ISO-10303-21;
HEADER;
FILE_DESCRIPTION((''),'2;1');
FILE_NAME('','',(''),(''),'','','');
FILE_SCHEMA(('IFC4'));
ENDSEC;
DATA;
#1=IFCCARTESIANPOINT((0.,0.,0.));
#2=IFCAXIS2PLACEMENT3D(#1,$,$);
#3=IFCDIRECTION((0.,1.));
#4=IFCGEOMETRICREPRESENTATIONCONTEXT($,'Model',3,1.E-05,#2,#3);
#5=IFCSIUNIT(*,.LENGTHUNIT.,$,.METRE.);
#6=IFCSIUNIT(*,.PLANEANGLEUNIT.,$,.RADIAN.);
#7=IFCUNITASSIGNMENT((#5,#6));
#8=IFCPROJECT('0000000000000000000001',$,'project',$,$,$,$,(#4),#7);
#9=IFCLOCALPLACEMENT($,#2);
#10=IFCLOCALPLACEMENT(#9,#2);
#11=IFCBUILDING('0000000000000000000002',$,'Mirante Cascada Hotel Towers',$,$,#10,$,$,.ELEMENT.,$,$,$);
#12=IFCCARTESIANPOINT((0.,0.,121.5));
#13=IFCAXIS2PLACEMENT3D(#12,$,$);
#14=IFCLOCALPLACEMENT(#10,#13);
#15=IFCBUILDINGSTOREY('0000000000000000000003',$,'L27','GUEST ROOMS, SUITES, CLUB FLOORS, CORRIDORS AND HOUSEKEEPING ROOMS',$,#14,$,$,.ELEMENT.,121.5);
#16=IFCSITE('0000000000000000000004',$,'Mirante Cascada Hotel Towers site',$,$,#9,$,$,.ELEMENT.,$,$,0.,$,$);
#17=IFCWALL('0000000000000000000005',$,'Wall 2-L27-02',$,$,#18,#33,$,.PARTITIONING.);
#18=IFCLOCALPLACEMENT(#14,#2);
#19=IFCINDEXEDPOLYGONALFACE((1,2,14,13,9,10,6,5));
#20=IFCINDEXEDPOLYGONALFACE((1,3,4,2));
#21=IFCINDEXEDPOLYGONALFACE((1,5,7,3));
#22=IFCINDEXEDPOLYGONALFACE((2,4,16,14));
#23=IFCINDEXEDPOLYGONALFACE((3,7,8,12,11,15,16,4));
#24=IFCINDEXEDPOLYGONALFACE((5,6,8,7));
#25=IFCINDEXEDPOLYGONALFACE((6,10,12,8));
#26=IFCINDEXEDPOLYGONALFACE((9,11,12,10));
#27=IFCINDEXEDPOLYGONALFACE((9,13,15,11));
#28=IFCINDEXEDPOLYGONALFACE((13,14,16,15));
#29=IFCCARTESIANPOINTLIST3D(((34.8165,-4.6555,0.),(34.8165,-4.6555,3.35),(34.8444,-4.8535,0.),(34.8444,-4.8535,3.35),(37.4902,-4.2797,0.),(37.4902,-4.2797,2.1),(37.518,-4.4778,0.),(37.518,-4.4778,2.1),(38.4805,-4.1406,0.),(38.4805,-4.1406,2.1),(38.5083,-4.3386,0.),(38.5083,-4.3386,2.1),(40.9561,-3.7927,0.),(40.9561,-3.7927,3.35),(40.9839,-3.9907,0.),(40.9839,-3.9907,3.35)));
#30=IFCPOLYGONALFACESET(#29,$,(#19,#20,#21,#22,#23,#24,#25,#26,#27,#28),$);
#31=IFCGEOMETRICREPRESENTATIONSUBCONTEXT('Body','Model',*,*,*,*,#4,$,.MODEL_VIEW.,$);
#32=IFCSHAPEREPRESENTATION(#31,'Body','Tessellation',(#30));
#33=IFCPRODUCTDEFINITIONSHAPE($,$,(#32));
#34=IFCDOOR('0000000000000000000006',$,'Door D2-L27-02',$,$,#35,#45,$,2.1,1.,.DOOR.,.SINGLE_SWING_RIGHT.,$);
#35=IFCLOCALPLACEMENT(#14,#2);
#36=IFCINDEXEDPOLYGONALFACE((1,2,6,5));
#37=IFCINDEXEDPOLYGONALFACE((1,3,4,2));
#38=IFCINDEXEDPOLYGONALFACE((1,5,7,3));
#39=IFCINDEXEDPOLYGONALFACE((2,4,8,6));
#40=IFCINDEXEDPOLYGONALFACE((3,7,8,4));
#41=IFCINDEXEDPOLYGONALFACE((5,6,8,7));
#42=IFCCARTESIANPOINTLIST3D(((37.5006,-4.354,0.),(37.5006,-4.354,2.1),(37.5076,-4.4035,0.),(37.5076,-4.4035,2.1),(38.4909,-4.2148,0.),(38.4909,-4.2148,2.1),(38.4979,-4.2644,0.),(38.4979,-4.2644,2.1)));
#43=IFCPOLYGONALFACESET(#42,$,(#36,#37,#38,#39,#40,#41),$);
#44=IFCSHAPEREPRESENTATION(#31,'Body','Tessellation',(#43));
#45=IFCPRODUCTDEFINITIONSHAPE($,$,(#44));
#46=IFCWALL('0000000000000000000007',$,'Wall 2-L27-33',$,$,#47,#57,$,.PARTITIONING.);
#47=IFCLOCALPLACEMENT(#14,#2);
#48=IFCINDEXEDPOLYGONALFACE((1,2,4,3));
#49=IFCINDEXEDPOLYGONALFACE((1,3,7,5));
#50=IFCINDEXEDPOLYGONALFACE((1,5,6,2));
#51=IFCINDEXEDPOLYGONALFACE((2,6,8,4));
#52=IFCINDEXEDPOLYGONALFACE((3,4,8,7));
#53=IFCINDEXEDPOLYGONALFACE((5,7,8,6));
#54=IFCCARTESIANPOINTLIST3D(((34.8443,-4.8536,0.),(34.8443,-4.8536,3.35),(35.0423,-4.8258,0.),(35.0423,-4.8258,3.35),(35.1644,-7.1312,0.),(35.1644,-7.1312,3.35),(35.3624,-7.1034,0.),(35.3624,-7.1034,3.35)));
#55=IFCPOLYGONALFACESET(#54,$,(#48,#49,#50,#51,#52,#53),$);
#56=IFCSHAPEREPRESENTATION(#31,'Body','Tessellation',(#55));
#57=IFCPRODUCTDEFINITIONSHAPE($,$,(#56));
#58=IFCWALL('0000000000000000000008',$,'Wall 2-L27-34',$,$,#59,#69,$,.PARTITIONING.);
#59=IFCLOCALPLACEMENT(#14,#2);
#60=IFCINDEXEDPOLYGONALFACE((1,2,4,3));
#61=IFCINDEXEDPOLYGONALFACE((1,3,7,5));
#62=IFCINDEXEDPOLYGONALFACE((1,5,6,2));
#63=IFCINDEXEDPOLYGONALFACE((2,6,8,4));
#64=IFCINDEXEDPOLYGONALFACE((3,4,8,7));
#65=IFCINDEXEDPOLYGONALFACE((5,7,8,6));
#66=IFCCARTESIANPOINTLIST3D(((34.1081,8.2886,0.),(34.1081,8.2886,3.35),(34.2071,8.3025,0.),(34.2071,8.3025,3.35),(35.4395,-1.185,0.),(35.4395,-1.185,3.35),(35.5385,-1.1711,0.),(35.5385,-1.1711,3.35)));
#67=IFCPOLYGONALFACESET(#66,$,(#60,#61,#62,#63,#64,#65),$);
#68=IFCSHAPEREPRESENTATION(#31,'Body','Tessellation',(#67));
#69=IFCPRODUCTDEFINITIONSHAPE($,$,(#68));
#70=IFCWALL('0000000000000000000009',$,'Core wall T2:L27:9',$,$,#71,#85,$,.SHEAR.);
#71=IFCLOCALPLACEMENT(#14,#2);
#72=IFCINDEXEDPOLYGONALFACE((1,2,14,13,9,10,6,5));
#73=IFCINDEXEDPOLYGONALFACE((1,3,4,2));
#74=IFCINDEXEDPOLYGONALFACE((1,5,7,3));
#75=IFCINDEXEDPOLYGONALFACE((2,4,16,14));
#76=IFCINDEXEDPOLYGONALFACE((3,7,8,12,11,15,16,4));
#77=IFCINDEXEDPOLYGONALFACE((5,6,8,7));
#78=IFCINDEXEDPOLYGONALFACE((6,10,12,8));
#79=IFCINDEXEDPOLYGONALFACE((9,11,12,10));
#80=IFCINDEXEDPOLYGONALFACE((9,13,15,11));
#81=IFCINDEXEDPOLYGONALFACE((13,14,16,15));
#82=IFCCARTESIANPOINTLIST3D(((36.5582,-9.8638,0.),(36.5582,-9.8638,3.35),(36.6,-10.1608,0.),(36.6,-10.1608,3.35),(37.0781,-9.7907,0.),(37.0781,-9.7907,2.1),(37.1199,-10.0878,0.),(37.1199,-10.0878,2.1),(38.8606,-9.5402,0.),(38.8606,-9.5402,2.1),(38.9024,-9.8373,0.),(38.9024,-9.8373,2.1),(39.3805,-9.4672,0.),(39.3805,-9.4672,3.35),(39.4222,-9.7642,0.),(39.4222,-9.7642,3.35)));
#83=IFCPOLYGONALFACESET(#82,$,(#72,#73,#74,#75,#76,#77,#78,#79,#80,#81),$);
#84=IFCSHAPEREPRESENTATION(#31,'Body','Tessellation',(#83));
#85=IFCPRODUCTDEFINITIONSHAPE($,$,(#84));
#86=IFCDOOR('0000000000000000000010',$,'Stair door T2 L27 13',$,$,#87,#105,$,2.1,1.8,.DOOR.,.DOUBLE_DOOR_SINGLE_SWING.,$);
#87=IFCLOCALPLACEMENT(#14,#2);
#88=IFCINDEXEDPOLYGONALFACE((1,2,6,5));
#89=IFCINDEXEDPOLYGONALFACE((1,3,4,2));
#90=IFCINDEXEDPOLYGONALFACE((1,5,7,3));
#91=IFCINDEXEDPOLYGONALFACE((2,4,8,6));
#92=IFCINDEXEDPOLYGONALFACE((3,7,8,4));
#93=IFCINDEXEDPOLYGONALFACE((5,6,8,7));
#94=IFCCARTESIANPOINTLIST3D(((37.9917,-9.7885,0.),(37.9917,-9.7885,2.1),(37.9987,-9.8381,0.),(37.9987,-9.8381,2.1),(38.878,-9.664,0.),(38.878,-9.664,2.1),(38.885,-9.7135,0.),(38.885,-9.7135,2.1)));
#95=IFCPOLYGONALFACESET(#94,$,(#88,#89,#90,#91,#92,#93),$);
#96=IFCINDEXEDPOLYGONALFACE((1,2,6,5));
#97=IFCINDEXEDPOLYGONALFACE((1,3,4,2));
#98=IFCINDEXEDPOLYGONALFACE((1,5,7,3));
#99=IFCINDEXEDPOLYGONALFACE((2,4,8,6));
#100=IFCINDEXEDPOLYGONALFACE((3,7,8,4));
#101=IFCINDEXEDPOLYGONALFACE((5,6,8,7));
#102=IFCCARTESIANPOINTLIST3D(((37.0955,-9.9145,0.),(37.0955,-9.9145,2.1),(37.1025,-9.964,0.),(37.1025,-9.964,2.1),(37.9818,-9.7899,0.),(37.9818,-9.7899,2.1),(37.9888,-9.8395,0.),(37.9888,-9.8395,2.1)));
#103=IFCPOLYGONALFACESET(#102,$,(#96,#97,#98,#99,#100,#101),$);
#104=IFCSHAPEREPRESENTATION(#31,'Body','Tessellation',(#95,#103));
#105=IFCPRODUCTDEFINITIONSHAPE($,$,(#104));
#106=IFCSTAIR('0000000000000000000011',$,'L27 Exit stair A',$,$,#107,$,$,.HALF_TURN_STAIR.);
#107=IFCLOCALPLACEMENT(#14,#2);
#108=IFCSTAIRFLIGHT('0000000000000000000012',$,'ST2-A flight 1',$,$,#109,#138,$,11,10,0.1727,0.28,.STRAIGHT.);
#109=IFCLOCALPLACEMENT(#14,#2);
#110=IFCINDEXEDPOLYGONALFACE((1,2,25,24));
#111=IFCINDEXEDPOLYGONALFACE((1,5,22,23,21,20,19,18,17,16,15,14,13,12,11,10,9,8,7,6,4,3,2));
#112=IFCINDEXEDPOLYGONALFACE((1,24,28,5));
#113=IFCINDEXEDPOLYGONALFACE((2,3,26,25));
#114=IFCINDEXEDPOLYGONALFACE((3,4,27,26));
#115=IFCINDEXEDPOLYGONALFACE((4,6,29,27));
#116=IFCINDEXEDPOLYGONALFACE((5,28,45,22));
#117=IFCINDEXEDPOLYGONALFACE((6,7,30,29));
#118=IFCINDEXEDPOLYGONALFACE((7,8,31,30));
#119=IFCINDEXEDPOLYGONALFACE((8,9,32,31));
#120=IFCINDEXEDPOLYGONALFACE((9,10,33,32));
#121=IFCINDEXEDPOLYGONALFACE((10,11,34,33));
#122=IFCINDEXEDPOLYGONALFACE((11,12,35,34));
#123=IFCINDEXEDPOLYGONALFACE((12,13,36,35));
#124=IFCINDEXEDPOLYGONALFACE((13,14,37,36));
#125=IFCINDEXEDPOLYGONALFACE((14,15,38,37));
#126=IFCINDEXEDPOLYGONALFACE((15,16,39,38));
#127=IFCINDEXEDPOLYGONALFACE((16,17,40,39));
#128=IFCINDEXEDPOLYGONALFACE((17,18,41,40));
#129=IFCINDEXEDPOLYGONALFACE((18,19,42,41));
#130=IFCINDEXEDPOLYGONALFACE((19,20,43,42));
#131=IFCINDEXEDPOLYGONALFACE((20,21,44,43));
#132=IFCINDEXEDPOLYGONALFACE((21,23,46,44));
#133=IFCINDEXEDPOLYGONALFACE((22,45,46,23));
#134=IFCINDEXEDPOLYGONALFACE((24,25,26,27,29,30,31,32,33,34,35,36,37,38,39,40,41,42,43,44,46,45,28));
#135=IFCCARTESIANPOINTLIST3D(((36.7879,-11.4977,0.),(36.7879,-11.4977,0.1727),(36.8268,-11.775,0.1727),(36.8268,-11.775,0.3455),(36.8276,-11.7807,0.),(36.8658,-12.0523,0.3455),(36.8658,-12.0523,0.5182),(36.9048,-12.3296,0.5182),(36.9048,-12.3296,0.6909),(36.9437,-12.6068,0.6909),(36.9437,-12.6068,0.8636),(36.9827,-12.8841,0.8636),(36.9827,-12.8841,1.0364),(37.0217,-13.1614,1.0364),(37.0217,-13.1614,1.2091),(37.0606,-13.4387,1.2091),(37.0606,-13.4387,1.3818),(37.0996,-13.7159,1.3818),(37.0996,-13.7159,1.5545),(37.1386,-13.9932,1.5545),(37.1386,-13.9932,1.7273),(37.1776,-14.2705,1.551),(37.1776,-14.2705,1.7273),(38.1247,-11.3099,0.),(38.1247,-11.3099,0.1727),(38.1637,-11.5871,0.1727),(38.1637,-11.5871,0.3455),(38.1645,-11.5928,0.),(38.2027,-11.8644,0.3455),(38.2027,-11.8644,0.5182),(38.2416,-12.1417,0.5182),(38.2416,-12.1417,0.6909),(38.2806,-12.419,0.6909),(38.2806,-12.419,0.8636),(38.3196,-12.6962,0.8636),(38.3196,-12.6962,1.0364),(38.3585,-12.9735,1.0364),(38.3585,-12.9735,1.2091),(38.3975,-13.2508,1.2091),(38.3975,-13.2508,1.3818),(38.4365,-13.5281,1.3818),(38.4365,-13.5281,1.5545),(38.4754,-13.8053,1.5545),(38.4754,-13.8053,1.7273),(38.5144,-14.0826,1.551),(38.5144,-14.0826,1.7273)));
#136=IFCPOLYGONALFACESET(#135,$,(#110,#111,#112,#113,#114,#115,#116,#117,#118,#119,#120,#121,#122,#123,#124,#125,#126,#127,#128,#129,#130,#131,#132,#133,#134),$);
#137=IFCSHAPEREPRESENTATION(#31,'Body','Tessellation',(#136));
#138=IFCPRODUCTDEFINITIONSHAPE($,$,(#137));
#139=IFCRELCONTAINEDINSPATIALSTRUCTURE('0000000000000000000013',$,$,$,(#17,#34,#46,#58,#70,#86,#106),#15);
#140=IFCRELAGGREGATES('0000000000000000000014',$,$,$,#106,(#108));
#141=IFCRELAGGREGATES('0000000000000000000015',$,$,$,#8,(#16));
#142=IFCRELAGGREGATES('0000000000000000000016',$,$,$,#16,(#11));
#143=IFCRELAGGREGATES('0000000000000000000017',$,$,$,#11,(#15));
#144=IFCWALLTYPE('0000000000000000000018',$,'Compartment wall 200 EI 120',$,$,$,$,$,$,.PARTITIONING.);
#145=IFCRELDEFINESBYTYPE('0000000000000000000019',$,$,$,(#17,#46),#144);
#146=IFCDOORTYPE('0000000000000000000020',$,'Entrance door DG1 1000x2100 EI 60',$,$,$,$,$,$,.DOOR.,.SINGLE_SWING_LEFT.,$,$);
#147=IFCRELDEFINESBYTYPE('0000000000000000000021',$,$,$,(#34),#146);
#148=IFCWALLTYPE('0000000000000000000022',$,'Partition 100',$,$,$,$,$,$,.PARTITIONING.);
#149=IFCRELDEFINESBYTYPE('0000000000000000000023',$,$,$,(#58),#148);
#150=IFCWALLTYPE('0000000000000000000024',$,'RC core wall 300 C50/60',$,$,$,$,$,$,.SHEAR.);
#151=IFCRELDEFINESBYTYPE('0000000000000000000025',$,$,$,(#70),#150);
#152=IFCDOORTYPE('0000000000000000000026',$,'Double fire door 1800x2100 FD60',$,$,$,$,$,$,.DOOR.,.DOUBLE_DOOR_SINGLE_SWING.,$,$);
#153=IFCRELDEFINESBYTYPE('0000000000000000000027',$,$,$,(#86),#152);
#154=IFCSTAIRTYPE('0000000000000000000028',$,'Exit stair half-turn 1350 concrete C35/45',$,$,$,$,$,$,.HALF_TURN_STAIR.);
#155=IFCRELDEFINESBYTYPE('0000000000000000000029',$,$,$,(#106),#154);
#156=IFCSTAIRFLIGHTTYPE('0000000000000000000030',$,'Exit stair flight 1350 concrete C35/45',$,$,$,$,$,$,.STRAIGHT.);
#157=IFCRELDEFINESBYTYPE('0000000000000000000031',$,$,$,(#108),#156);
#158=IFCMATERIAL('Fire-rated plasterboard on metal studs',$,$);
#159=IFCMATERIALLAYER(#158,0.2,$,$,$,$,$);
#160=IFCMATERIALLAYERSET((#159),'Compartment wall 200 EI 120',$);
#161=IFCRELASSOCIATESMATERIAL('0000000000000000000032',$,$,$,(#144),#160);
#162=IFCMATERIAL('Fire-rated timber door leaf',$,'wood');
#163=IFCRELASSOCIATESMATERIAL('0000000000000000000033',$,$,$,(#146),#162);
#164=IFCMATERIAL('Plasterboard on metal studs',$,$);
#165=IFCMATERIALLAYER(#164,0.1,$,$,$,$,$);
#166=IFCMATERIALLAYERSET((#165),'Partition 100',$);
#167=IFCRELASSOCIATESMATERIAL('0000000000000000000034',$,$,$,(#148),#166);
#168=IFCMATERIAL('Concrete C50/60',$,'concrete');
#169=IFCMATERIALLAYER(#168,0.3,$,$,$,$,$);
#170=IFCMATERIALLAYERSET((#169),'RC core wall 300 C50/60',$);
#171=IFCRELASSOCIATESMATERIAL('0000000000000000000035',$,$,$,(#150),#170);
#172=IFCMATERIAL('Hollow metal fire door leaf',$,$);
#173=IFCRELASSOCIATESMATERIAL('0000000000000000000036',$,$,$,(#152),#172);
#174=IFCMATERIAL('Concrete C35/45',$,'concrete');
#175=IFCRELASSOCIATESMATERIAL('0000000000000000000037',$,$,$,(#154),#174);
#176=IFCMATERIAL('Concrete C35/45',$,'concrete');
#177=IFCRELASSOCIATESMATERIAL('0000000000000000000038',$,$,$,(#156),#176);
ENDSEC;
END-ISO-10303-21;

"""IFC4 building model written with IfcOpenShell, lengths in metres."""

from ifc_helpers import new_model, si_unit, direction, frame, frame_2d, origin, place, context, subcontext, project, spatial, polyline, rectangle, outline, extrude, material, layer, layer_set, type_object, element, fill, aggregate, save


model = new_model("IFC4")

# Units and contexts
model_context = context("Model", 3, precision=1e-05, world=origin(), true_north=direction((0.0, 1.0)))
body_context = subcontext(model_context, "Body", "Model", "MODEL_VIEW")
ifc_project = project(units=[si_unit("LENGTHUNIT", "METRE"), si_unit("PLANEANGLEUNIT", "RADIAN")], contexts=[model_context])

# Site, building, storey
site_placement = place(None, origin())
site = spatial("IfcSite", under=ifc_project, at=site_placement, Name="Mirante Cascada Hotel Towers site", CompositionType="ELEMENT", RefElevation=0.0)
building_placement = place(site_placement, origin())
building = spatial("IfcBuilding", under=site, at=building_placement, Name="Mirante Cascada Hotel Towers", CompositionType="ELEMENT")
storey_placement = place(building_placement, frame((0.0, 0.0, 121.5)))
storey = spatial("IfcBuildingStorey", under=building, at=storey_placement, Name="L27", Description="GUEST ROOMS, SUITES, CLUB FLOORS, CORRIDORS AND HOUSEKEEPING ROOMS", CompositionType="ELEMENT", Elevation=121.5)

# Wall, opening, door
ifc_material_1 = material(Name="Fire-rated plasterboard on metal studs")
ifc_layer_1 = layer(ifc_material_1, 0.2)
ifc_layer_set_1 = layer_set([ifc_layer_1], Name="Compartment wall 200 EI 120")
wall_type_1 = type_object("IfcWallType", Name="Compartment wall 200 EI 120", PredefinedType="PARTITIONING", material=ifc_layer_set_1)
wall_1_placement = place(storey_placement, frame((34.8304, -4.7545, 0.0), z_axis=(0.0, 0.0, 1.0), x_axis=(0.99027, 0.139163, 0.0)))
wall_1 = element("IfcWall", 1, at=wall_1_placement, inside=storey, type_object=wall_type_1, Name="Wall 2-L27-02", PredefinedType="PARTITIONING", context=body_context, shape_type="SweptSolid", body=[
    extrude(rectangle(XDim=6.1999, YDim=0.2, at=frame_2d((3.1, 0.0))), origin(), (0.0, 0.0, 1.0), 3.35),
])
opening_1_placement = place(wall_1_placement, frame((2.7, 0.0, 0.0)))
opening_1 = element("IfcOpeningElement", 2, at=opening_1_placement, cuts=wall_1, PredefinedType="OPENING", context=body_context, shape_type="SweptSolid", body=[
    extrude(rectangle(XDim=1.0, YDim=2.1, at=frame_2d((0.5, 1.05))), frame((0.0, 0.1, 0.0), z_axis=(0.0, -1.0, 0.0), x_axis=(1.0, 0.0, 0.0)), (0.0, 0.0, 1.0), 0.2),
])
ifc_material_2 = material(Name="Fire-rated timber door leaf", Category="wood")
door_type_1 = type_object("IfcDoorType", Name="Entrance door DG1 1000x2100 EI 60", OperationType="SINGLE_SWING_LEFT", PredefinedType="DOOR", material=ifc_material_2)
door_1_placement = place(opening_1_placement, frame((1.0, 0.0, 0.0), z_axis=(0.0, 0.0, 1.0), x_axis=(-1.0, 0.0, 0.0)))
door_1 = element("IfcDoor", 3, at=door_1_placement, inside=storey, type_object=door_type_1, Name="Door D2-L27-02", OperationType="SINGLE_SWING_RIGHT", OverallHeight=2.1, OverallWidth=1.0, PredefinedType="DOOR", context=body_context, shape_type="SweptSolid", body=[
    extrude(rectangle(XDim=1.0, YDim=2.1, at=frame_2d((0.5, 1.05))), frame((0.0, 0.025, 0.0), z_axis=(0.0, -1.0, 0.0), x_axis=(1.0, 0.0, 0.0)), (0.0, 0.0, 1.0), 0.05),
])
fill(opening_1, door_1)

# Walls
wall_2_placement = place(storey_placement, frame((34.9433, -4.8397, 0.0), z_axis=(0.0, 0.0, 1.0), x_axis=(0.139175, -0.990268, 0.0)))
element("IfcWall", 4, at=wall_2_placement, inside=storey, type_object=wall_type_1, Name="Wall 2-L27-33", PredefinedType="PARTITIONING", context=body_context, shape_type="SweptSolid", body=[
    extrude(rectangle(XDim=2.3, YDim=0.2, at=frame_2d((1.15, 0.0))), origin(), (0.0, 0.0, 1.0), 3.35),
])
ifc_material_3 = material(Name="Plasterboard on metal studs")
ifc_layer_2 = layer(ifc_material_3, 0.1)
ifc_layer_set_2 = layer_set([ifc_layer_2], Name="Partition 100")
wall_type_2 = type_object("IfcWallType", Name="Partition 100", PredefinedType="PARTITIONING", material=ifc_layer_set_2)
wall_3_placement = place(storey_placement, frame((35.489, -1.1781, 0.0), z_axis=(0.0, 0.0, 1.0), x_axis=(-0.13917, 0.990268, 0.0)))
element("IfcWall", 5, at=wall_3_placement, inside=storey, type_object=wall_type_2, Name="Wall 2-L27-34", PredefinedType="PARTITIONING", context=body_context, shape_type="SweptSolid", body=[
    extrude(rectangle(XDim=9.5667, YDim=0.1, at=frame_2d((4.7834, 0.0))), origin(), (0.0, 0.0, 1.0), 3.35),
])

# Wall, opening, door
ifc_material_4 = material(Name="Concrete C50/60", Category="concrete")
ifc_layer_3 = layer(ifc_material_4, 0.3)
ifc_layer_set_3 = layer_set([ifc_layer_3], Name="RC core wall 300 C50/60")
wall_type_3 = type_object("IfcWallType", Name="RC core wall 300 C50/60", PredefinedType="SHEAR", material=ifc_layer_set_3)
wall_4_placement = place(storey_placement, frame((36.5791, -10.0123, 0.0), z_axis=(0.0, 0.0, 1.0), x_axis=(0.99027, 0.139156, 0.0)))
wall_4 = element("IfcWall", 6, at=wall_4_placement, inside=storey, type_object=wall_type_3, Name="Core wall T2:L27:9", PredefinedType="SHEAR", context=body_context, shape_type="SweptSolid", body=[
    extrude(rectangle(XDim=2.85, YDim=0.3, at=frame_2d((1.425, 0.0))), origin(), (0.0, 0.0, 1.0), 3.35),
])
opening_2_placement = place(wall_4_placement, frame((0.525, 0.0, 0.0)))
opening_2 = element("IfcOpeningElement", 7, at=opening_2_placement, cuts=wall_4, PredefinedType="OPENING", context=body_context, shape_type="SweptSolid", body=[
    extrude(rectangle(XDim=1.8, YDim=2.1, at=frame_2d((0.9, 1.05))), frame((0.0, 0.15, 0.0), z_axis=(0.0, -1.0, 0.0), x_axis=(1.0, 0.0, 0.0)), (0.0, 0.0, 1.0), 0.3),
])
ifc_material_5 = material(Name="Hollow metal fire door leaf")
door_type_2 = type_object("IfcDoorType", Name="Double fire door 1800x2100 FD60", OperationType="DOUBLE_DOOR_SINGLE_SWING", PredefinedType="DOOR", material=ifc_material_5)
door_2_placement = place(opening_2_placement, frame((1.8, 0.0, 0.0), z_axis=(0.0, 0.0, 1.0), x_axis=(-1.0, 0.0, 0.0)))
door_2 = element("IfcDoor", 8, at=door_2_placement, inside=storey, type_object=door_type_2, Name="Stair door T2 L27 13", OperationType="DOUBLE_DOOR_SINGLE_SWING", OverallHeight=2.1, OverallWidth=1.8, PredefinedType="DOOR", context=body_context, shape_type="SweptSolid", body=[
    extrude(rectangle(XDim=0.895, YDim=2.1, at=frame_2d((0.4475, 1.05))), frame((0.0, 0.025, 0.0), z_axis=(0.0, -1.0, 0.0), x_axis=(1.0, 0.0, 0.0)), (0.0, 0.0, 1.0), 0.05),
    extrude(rectangle(XDim=0.895, YDim=2.1, at=frame_2d((1.3525, 1.05))), frame((0.0, 0.025, 0.0), z_axis=(0.0, -1.0, 0.0), x_axis=(1.0, 0.0, 0.0)), (0.0, 0.0, 1.0), 0.05),
])
fill(opening_2, door_2)

# Stair, stair flight
ifc_material_6 = material(Name="Concrete C35/45", Category="concrete")
stair_type = type_object("IfcStairType", Name="Exit stair half-turn 1350 concrete C35/45", PredefinedType="HALF_TURN_STAIR", material=ifc_material_6)
stair_placement = place(storey_placement, origin())
stair = element("IfcStair", 9, at=stair_placement, inside=storey, type_object=stair_type, Name="L27 Exit stair A", PredefinedType="HALF_TURN_STAIR")
ifc_material_7 = material(Name="Concrete C35/45", Category="concrete")
stair_flight_type = type_object("IfcStairFlightType", Name="Exit stair flight 1350 concrete C35/45", PredefinedType="STRAIGHT", material=ifc_material_7)
stair_flight_placement = place(storey_placement, frame((37.4563, -11.4038, 0.0), z_axis=(0.0, 0.0, 1.0), x_axis=(0.139173, -0.990268, 0.0)))
stair_flight = element("IfcStairFlight", 10, at=stair_flight_placement, type_object=stair_flight_type, Name="ST2-A flight 1", NumberOfRisers=11, NumberOfTreads=10, PredefinedType="STRAIGHT", RiserHeight=0.1727, TreadLength=0.28, context=body_context, shape_type="SweptSolid", body=[
    extrude(outline(polyline([(0.0, 0.0), (0.0, 0.1727), (0.28, 0.1727), (0.28, 0.3455), (0.56, 0.3455), (0.56, 0.5182), (0.84, 0.5182), (0.84, 0.6909), (1.12, 0.6909), (1.12, 0.8636), (1.4, 0.8636), (1.4, 1.0364), (1.68, 1.0364), (1.68, 1.2091), (1.96, 1.2091), (1.96, 1.3818), (2.24, 1.3818), (2.24, 1.5545), (2.52, 1.5545), (2.52, 1.7273), (2.8, 1.7273), (2.8, 1.9), (2.8, 1.551), (0.2857, 0.0), (0.0, 0.0)])), frame((0.0, 0.675, 0.0), z_axis=(0.0, -1.0, 0.0), x_axis=(1.0, 0.0, 0.0)), (0.0, 0.0, 1.0), 1.35),
])
aggregate(stair, [stair_flight])

save(model, "model.ifc")
